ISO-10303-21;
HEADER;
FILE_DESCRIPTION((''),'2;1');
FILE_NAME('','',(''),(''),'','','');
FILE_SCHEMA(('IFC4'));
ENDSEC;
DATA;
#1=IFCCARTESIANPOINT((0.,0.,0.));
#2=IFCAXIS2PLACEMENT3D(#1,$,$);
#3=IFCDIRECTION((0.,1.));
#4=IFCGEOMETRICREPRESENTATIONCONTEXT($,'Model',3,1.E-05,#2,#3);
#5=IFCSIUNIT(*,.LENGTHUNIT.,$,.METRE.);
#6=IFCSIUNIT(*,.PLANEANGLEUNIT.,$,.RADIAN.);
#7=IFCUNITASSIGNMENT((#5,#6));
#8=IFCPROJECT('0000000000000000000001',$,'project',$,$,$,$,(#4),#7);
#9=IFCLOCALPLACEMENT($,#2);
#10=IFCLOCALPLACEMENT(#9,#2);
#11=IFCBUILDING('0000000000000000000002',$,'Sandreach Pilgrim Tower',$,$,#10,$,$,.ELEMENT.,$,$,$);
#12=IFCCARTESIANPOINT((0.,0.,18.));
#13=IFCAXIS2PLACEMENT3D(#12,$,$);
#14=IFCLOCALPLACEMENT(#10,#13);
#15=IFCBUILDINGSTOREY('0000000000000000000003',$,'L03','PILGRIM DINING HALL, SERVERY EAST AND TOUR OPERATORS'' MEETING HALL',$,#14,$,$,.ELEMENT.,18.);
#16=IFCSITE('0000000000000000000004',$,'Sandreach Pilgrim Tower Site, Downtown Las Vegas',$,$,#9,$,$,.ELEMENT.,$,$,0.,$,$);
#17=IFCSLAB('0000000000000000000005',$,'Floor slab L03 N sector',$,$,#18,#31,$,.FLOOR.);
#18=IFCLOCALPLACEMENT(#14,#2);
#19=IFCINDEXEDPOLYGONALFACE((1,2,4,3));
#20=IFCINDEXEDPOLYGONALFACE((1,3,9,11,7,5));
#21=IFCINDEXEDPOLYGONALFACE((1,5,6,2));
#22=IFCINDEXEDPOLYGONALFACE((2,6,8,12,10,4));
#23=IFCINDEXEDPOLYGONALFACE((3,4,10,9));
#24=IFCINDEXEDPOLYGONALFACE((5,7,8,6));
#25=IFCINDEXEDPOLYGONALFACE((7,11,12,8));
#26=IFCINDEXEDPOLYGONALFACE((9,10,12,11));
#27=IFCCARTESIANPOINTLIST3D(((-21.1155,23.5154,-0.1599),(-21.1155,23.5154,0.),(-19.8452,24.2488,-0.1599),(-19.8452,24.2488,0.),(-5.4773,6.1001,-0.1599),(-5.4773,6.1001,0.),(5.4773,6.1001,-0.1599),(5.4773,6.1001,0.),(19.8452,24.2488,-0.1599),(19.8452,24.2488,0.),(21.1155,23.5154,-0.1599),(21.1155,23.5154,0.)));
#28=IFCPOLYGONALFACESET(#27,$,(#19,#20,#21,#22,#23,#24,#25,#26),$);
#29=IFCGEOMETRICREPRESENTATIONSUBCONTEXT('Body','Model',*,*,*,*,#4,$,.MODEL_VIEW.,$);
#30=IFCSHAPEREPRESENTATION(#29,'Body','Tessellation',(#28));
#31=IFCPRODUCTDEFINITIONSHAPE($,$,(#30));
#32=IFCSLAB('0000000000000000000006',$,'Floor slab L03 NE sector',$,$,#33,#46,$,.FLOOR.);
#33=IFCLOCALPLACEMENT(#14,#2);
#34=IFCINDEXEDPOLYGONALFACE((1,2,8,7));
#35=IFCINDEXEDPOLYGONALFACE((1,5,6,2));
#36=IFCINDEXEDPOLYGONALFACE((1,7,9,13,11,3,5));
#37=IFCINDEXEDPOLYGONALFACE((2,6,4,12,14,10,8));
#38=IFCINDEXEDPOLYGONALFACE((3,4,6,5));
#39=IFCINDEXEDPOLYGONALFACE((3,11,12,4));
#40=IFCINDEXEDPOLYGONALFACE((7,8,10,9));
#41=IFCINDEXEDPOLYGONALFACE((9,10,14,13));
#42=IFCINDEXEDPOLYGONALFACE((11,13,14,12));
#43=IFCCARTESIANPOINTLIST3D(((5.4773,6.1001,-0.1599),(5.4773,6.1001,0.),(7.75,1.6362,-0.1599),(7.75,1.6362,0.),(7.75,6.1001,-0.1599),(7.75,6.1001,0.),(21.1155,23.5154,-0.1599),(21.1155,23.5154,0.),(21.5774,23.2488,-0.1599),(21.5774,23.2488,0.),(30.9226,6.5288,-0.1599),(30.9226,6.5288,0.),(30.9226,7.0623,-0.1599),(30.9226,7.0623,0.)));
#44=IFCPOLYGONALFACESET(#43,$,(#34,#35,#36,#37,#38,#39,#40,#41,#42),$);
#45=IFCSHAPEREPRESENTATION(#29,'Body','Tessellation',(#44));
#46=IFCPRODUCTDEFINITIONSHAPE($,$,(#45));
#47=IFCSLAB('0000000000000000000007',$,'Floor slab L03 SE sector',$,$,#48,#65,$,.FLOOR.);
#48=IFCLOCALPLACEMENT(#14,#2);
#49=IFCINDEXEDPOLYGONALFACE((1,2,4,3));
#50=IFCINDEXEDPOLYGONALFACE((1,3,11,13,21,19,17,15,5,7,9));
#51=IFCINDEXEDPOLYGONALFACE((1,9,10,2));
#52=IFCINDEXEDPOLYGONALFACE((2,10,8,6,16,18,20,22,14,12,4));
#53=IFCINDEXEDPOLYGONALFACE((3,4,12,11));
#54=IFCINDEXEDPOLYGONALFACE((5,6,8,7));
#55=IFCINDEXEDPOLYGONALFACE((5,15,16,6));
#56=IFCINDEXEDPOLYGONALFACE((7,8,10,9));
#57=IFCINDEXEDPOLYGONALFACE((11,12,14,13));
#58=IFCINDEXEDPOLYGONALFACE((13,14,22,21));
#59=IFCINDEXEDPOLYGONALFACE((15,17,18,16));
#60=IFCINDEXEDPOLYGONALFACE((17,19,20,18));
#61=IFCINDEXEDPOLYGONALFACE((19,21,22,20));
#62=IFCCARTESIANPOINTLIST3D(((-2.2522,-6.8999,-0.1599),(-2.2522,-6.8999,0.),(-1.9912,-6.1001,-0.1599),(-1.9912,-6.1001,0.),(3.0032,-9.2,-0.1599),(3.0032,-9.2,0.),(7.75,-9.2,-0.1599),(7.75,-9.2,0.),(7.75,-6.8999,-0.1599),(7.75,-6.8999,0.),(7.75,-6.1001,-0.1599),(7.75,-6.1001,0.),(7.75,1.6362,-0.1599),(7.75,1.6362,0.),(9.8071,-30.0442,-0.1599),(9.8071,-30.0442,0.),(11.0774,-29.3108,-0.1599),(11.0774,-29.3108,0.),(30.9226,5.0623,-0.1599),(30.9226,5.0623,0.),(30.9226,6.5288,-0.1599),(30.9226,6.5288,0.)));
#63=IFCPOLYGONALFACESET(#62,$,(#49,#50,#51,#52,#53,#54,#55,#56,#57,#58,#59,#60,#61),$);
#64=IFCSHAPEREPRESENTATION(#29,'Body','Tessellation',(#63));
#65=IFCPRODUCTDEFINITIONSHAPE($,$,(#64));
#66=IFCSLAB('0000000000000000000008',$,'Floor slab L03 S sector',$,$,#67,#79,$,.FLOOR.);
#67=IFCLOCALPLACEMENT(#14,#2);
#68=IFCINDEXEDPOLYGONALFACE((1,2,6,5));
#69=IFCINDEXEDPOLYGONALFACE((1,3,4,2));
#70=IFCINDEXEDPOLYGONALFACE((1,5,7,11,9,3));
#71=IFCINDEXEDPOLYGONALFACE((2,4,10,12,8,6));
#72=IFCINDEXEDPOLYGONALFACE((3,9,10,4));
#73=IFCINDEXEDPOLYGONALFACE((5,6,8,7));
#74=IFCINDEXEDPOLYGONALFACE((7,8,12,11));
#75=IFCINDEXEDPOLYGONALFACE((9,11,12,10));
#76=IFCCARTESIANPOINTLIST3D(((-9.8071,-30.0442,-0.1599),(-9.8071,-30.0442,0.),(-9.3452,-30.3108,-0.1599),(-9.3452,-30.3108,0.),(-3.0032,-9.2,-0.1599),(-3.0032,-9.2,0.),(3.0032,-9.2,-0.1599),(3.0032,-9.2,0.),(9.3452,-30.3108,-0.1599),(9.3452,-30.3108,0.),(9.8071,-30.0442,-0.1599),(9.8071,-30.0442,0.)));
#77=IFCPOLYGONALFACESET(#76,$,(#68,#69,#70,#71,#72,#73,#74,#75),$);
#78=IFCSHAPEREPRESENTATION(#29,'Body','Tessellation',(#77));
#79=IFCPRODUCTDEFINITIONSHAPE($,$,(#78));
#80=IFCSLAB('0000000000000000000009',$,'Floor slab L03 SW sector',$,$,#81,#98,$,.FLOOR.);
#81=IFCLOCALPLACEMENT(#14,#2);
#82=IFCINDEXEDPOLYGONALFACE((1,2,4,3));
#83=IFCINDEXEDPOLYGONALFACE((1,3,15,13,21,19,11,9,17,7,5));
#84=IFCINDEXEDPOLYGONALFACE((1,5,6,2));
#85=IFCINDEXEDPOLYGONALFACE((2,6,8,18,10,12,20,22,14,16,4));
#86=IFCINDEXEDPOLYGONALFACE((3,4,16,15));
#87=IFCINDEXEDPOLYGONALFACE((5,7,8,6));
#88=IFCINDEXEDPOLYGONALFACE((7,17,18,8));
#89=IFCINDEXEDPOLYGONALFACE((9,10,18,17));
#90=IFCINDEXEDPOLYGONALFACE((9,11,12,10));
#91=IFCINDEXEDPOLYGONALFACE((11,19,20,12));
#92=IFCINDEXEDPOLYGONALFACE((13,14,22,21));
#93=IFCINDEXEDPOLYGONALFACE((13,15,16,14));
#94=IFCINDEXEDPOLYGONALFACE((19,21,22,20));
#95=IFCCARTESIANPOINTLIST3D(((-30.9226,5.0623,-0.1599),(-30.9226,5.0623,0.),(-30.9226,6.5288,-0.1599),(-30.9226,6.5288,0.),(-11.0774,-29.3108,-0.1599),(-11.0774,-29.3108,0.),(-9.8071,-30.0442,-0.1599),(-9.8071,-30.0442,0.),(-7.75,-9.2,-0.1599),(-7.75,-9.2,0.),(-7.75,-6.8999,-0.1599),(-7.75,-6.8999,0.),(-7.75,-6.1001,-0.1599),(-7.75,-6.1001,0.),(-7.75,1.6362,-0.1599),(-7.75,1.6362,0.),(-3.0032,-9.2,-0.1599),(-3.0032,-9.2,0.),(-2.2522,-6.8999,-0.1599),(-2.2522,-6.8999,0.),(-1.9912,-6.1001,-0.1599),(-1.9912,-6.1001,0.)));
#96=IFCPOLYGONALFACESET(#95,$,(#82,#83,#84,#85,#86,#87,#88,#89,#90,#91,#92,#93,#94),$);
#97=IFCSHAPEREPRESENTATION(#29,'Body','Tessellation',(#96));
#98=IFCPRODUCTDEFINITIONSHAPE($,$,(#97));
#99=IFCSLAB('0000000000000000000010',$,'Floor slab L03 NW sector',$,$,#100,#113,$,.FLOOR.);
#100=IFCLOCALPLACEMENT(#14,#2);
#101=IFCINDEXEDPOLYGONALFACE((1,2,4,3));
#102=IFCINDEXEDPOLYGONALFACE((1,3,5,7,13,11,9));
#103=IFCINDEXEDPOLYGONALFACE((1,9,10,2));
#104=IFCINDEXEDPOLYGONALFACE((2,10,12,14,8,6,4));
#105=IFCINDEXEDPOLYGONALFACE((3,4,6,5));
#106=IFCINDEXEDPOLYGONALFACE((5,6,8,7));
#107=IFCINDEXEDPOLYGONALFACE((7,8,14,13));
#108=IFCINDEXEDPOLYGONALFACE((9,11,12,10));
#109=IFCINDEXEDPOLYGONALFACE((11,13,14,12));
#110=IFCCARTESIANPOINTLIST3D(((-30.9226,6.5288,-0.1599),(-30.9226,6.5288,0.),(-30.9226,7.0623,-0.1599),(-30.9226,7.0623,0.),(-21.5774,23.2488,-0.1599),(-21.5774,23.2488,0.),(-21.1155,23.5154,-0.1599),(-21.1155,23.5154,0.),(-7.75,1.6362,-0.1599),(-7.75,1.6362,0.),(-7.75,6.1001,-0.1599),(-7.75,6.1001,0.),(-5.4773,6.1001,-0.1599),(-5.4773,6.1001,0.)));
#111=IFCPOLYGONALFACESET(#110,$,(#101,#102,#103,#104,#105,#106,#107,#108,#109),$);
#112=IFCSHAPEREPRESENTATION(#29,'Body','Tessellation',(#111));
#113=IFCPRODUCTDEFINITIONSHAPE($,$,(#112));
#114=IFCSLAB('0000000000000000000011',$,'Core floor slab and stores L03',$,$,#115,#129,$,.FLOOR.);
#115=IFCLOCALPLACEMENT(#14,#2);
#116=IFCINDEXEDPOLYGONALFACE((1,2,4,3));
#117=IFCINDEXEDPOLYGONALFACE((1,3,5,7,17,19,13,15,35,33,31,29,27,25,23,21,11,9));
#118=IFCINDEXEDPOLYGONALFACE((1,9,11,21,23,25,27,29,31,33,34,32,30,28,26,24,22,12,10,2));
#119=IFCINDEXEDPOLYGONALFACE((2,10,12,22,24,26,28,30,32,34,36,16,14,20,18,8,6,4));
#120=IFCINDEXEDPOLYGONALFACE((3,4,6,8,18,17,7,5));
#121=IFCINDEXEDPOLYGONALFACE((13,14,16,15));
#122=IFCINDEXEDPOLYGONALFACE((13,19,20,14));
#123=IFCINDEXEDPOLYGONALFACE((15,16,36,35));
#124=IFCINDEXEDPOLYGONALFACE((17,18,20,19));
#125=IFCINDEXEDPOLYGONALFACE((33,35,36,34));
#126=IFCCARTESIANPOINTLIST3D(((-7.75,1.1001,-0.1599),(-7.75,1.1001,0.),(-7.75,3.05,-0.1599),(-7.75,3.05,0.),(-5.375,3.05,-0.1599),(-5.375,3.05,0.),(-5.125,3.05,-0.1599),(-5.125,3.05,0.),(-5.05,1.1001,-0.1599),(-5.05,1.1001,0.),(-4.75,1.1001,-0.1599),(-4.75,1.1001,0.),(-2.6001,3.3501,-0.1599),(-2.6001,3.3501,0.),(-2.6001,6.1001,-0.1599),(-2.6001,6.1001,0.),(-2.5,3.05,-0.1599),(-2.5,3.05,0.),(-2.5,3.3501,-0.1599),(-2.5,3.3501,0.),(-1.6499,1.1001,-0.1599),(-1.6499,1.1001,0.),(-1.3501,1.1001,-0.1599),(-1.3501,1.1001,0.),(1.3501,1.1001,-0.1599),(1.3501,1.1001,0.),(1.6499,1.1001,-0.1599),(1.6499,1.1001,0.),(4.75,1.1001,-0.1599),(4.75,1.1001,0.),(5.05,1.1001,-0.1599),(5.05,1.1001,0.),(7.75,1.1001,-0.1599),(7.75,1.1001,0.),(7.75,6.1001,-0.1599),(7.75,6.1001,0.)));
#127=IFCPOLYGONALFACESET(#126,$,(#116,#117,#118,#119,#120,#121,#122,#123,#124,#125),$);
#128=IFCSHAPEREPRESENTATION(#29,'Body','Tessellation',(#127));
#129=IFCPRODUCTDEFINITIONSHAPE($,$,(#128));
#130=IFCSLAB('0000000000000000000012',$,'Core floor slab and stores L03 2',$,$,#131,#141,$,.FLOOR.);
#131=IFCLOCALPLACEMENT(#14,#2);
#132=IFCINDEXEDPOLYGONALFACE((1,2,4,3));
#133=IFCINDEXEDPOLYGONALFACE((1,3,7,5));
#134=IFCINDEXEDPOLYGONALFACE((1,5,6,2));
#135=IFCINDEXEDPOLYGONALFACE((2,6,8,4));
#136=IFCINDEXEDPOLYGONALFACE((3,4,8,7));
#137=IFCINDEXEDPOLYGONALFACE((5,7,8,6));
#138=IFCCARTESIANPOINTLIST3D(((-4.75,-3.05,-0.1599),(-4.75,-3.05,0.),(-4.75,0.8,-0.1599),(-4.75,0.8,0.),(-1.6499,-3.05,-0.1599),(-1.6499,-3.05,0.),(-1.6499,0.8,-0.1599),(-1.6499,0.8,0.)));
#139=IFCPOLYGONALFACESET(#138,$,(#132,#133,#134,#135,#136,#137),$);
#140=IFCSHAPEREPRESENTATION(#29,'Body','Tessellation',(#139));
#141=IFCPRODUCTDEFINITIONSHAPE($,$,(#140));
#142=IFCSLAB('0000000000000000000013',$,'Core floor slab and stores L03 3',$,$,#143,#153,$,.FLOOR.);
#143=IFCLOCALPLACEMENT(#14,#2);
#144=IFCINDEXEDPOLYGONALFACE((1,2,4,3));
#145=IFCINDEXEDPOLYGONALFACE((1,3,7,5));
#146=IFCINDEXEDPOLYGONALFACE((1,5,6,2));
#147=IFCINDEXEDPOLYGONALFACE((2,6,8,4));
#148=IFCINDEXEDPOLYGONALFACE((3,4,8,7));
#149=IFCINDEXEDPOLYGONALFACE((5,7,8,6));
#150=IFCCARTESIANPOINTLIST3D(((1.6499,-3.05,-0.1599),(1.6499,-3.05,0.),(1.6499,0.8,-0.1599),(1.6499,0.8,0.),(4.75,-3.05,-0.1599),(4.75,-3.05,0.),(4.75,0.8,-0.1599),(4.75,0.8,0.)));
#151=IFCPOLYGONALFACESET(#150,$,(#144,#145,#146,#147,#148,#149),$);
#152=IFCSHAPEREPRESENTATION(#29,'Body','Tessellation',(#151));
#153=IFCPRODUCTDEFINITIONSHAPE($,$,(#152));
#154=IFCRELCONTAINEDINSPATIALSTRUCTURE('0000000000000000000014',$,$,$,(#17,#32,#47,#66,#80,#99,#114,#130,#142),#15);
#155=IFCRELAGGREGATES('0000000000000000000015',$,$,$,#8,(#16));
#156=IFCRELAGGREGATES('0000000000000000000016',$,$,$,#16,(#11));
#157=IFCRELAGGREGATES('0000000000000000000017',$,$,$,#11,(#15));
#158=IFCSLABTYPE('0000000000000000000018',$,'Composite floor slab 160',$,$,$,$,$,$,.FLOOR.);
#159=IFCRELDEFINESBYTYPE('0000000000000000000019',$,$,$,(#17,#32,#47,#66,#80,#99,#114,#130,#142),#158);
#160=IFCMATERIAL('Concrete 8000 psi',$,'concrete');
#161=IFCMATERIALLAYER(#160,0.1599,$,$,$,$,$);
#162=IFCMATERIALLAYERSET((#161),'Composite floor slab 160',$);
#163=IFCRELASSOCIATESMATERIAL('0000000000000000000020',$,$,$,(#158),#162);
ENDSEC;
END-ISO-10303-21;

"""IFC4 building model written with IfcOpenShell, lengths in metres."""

from ifc_helpers import new_model, si_unit, direction, frame, origin, place, context, subcontext, project, spatial, polyline, outline, extrude, material, layer, layer_set, type_object, element, save


model = new_model("IFC4")

# Units and contexts
model_context = context("Model", 3, precision=1e-05, world=origin(), true_north=direction((0.0, 1.0)))
body_context = subcontext(model_context, "Body", "Model", "MODEL_VIEW")
ifc_project = project(units=[si_unit("LENGTHUNIT", "METRE"), si_unit("PLANEANGLEUNIT", "RADIAN")], contexts=[model_context])

# Site, building, storey
site_placement = place(None, origin())
site = spatial("IfcSite", under=ifc_project, at=site_placement, Name="Sandreach Pilgrim Tower Site, Downtown Las Vegas", CompositionType="ELEMENT", RefElevation=0.0)
building_placement = place(site_placement, origin())
building = spatial("IfcBuilding", under=site, at=building_placement, Name="Sandreach Pilgrim Tower", CompositionType="ELEMENT")
storey_placement = place(building_placement, frame((0.0, 0.0, 18.0)))
storey = spatial("IfcBuildingStorey", under=building, at=storey_placement, Name="L03", Description="PILGRIM DINING HALL, SERVERY EAST AND TOUR OPERATORS' MEETING HALL", CompositionType="ELEMENT", Elevation=18.0)

# Slabs
ifc_material_1 = material(Name="Concrete 8000 psi", Category="concrete")
ifc_layer_1 = layer(ifc_material_1, 0.1599)
ifc_layer_set_1 = layer_set([ifc_layer_1], Name="Composite floor slab 160")
slab_type_1 = type_object("IfcSlabType", Name="Composite floor slab 160", PredefinedType="FLOOR", material=ifc_layer_set_1)
slab_1_placement = place(storey_placement, frame((0.0, 0.0, -0.1599)))
element("IfcSlab", 1, at=slab_1_placement, inside=storey, type_object=slab_type_1, Name="Floor slab L03 N sector", PredefinedType="FLOOR", context=body_context, shape_type="SweptSolid", body=[
    extrude(outline(polyline([(-19.8452, 24.2488), (19.8452, 24.2488), (21.1155, 23.5154), (5.4773, 6.1001), (-5.4773, 6.1001), (-21.1155, 23.5154), (-19.8452, 24.2488)])), origin(), (0.0, 0.0, 1.0), 0.1599),
])
slab_2_placement = place(storey_placement, frame((0.0, 0.0, -0.1599)))
element("IfcSlab", 2, at=slab_2_placement, inside=storey, type_object=slab_type_1, Name="Floor slab L03 NE sector", PredefinedType="FLOOR", context=body_context, shape_type="SweptSolid", body=[
    extrude(outline(polyline([(21.5774, 23.2488), (30.9226, 7.0623), (30.9226, 6.5288), (7.75, 1.6362), (7.75, 6.1001), (5.4773, 6.1001), (21.1155, 23.5154), (21.5774, 23.2488)])), origin(), (0.0, 0.0, 1.0), 0.1599),
])
slab_3_placement = place(storey_placement, frame((0.0, 0.0, -0.1599)))
element("IfcSlab", 3, at=slab_3_placement, inside=storey, type_object=slab_type_1, Name="Floor slab L03 SE sector", PredefinedType="FLOOR", context=body_context, shape_type="SweptSolid", body=[
    extrude(outline(polyline([(11.0774, -29.3108), (9.8071, -30.0442), (3.0032, -9.2), (7.75, -9.2), (7.75, -6.8999), (-2.2522, -6.8999), (-1.9912, -6.1001), (7.75, -6.1001), (7.75, 1.6362), (30.9226, 6.5288), (30.9226, 5.0623), (11.0774, -29.3108)])), origin(), (0.0, 0.0, 1.0), 0.1599),
])
slab_4_placement = place(storey_placement, frame((0.0, 0.0, -0.1599)))
element("IfcSlab", 4, at=slab_4_placement, inside=storey, type_object=slab_type_1, Name="Floor slab L03 S sector", PredefinedType="FLOOR", context=body_context, shape_type="SweptSolid", body=[
    extrude(outline(polyline([(9.3452, -30.3108), (-9.3452, -30.3108), (-9.8071, -30.0442), (-3.0032, -9.2), (3.0032, -9.2), (9.8071, -30.0442), (9.3452, -30.3108)])), origin(), (0.0, 0.0, 1.0), 0.1599),
])
slab_5_placement = place(storey_placement, frame((0.0, 0.0, -0.1599)))
element("IfcSlab", 5, at=slab_5_placement, inside=storey, type_object=slab_type_1, Name="Floor slab L03 SW sector", PredefinedType="FLOOR", context=body_context, shape_type="SweptSolid", body=[
    extrude(outline(polyline([(-11.0774, -29.3108), (-30.9226, 5.0623), (-30.9226, 6.5288), (-7.75, 1.6362), (-7.75, -6.1001), (-1.9912, -6.1001), (-2.2522, -6.8999), (-7.75, -6.8999), (-7.75, -9.2), (-3.0032, -9.2), (-9.8071, -30.0442), (-11.0774, -29.3108)])), origin(), (0.0, 0.0, 1.0), 0.1599),
])
slab_6_placement = place(storey_placement, frame((0.0, 0.0, -0.1599)))
element("IfcSlab", 6, at=slab_6_placement, inside=storey, type_object=slab_type_1, Name="Floor slab L03 NW sector", PredefinedType="FLOOR", context=body_context, shape_type="SweptSolid", body=[
    extrude(outline(polyline([(-30.9226, 7.0623), (-21.5774, 23.2488), (-21.1155, 23.5154), (-5.4773, 6.1001), (-7.75, 6.1001), (-7.75, 1.6362), (-30.9226, 6.5288), (-30.9226, 7.0623)])), origin(), (0.0, 0.0, 1.0), 0.1599),
])
slab_7_placement = place(storey_placement, frame((0.0, 0.0, -0.1599)))
element("IfcSlab", 7, at=slab_7_placement, inside=storey, type_object=slab_type_1, Name="Core floor slab and stores L03", PredefinedType="FLOOR", context=body_context, shape_type="SweptSolid", body=[
    extrude(outline(polyline([(-7.75, 3.05), (-5.375, 3.05), (-5.125, 3.05), (-2.5, 3.05), (-2.5, 3.3501), (-2.6001, 3.3501), (-2.6001, 6.1001), (7.75, 6.1001), (7.75, 1.1001), (5.05, 1.1001), (4.75, 1.1001), (1.6499, 1.1001), (1.3501, 1.1001), (-1.3501, 1.1001), (-1.6499, 1.1001), (-4.75, 1.1001), (-5.05, 1.1001), (-7.75, 1.1001), (-7.75, 3.05)])), origin(), (0.0, 0.0, 1.0), 0.1599),
])
slab_8_placement = place(storey_placement, frame((0.0, 0.0, -0.1599)))
element("IfcSlab", 8, at=slab_8_placement, inside=storey, type_object=slab_type_1, Name="Core floor slab and stores L03 2", PredefinedType="FLOOR", context=body_context, shape_type="SweptSolid", body=[
    extrude(outline(polyline([(-1.6499, -3.05), (-4.75, -3.05), (-4.75, 0.8), (-1.6499, 0.8), (-1.6499, -3.05)])), origin(), (0.0, 0.0, 1.0), 0.1599),
])
slab_9_placement = place(storey_placement, frame((0.0, 0.0, -0.1599)))
element("IfcSlab", 9, at=slab_9_placement, inside=storey, type_object=slab_type_1, Name="Core floor slab and stores L03 3", PredefinedType="FLOOR", context=body_context, shape_type="SweptSolid", body=[
    extrude(outline(polyline([(4.75, -3.05), (1.6499, -3.05), (1.6499, 0.8), (4.75, 0.8), (4.75, -3.05)])), origin(), (0.0, 0.0, 1.0), 0.1599),
])

save(model, "model.ifc")
